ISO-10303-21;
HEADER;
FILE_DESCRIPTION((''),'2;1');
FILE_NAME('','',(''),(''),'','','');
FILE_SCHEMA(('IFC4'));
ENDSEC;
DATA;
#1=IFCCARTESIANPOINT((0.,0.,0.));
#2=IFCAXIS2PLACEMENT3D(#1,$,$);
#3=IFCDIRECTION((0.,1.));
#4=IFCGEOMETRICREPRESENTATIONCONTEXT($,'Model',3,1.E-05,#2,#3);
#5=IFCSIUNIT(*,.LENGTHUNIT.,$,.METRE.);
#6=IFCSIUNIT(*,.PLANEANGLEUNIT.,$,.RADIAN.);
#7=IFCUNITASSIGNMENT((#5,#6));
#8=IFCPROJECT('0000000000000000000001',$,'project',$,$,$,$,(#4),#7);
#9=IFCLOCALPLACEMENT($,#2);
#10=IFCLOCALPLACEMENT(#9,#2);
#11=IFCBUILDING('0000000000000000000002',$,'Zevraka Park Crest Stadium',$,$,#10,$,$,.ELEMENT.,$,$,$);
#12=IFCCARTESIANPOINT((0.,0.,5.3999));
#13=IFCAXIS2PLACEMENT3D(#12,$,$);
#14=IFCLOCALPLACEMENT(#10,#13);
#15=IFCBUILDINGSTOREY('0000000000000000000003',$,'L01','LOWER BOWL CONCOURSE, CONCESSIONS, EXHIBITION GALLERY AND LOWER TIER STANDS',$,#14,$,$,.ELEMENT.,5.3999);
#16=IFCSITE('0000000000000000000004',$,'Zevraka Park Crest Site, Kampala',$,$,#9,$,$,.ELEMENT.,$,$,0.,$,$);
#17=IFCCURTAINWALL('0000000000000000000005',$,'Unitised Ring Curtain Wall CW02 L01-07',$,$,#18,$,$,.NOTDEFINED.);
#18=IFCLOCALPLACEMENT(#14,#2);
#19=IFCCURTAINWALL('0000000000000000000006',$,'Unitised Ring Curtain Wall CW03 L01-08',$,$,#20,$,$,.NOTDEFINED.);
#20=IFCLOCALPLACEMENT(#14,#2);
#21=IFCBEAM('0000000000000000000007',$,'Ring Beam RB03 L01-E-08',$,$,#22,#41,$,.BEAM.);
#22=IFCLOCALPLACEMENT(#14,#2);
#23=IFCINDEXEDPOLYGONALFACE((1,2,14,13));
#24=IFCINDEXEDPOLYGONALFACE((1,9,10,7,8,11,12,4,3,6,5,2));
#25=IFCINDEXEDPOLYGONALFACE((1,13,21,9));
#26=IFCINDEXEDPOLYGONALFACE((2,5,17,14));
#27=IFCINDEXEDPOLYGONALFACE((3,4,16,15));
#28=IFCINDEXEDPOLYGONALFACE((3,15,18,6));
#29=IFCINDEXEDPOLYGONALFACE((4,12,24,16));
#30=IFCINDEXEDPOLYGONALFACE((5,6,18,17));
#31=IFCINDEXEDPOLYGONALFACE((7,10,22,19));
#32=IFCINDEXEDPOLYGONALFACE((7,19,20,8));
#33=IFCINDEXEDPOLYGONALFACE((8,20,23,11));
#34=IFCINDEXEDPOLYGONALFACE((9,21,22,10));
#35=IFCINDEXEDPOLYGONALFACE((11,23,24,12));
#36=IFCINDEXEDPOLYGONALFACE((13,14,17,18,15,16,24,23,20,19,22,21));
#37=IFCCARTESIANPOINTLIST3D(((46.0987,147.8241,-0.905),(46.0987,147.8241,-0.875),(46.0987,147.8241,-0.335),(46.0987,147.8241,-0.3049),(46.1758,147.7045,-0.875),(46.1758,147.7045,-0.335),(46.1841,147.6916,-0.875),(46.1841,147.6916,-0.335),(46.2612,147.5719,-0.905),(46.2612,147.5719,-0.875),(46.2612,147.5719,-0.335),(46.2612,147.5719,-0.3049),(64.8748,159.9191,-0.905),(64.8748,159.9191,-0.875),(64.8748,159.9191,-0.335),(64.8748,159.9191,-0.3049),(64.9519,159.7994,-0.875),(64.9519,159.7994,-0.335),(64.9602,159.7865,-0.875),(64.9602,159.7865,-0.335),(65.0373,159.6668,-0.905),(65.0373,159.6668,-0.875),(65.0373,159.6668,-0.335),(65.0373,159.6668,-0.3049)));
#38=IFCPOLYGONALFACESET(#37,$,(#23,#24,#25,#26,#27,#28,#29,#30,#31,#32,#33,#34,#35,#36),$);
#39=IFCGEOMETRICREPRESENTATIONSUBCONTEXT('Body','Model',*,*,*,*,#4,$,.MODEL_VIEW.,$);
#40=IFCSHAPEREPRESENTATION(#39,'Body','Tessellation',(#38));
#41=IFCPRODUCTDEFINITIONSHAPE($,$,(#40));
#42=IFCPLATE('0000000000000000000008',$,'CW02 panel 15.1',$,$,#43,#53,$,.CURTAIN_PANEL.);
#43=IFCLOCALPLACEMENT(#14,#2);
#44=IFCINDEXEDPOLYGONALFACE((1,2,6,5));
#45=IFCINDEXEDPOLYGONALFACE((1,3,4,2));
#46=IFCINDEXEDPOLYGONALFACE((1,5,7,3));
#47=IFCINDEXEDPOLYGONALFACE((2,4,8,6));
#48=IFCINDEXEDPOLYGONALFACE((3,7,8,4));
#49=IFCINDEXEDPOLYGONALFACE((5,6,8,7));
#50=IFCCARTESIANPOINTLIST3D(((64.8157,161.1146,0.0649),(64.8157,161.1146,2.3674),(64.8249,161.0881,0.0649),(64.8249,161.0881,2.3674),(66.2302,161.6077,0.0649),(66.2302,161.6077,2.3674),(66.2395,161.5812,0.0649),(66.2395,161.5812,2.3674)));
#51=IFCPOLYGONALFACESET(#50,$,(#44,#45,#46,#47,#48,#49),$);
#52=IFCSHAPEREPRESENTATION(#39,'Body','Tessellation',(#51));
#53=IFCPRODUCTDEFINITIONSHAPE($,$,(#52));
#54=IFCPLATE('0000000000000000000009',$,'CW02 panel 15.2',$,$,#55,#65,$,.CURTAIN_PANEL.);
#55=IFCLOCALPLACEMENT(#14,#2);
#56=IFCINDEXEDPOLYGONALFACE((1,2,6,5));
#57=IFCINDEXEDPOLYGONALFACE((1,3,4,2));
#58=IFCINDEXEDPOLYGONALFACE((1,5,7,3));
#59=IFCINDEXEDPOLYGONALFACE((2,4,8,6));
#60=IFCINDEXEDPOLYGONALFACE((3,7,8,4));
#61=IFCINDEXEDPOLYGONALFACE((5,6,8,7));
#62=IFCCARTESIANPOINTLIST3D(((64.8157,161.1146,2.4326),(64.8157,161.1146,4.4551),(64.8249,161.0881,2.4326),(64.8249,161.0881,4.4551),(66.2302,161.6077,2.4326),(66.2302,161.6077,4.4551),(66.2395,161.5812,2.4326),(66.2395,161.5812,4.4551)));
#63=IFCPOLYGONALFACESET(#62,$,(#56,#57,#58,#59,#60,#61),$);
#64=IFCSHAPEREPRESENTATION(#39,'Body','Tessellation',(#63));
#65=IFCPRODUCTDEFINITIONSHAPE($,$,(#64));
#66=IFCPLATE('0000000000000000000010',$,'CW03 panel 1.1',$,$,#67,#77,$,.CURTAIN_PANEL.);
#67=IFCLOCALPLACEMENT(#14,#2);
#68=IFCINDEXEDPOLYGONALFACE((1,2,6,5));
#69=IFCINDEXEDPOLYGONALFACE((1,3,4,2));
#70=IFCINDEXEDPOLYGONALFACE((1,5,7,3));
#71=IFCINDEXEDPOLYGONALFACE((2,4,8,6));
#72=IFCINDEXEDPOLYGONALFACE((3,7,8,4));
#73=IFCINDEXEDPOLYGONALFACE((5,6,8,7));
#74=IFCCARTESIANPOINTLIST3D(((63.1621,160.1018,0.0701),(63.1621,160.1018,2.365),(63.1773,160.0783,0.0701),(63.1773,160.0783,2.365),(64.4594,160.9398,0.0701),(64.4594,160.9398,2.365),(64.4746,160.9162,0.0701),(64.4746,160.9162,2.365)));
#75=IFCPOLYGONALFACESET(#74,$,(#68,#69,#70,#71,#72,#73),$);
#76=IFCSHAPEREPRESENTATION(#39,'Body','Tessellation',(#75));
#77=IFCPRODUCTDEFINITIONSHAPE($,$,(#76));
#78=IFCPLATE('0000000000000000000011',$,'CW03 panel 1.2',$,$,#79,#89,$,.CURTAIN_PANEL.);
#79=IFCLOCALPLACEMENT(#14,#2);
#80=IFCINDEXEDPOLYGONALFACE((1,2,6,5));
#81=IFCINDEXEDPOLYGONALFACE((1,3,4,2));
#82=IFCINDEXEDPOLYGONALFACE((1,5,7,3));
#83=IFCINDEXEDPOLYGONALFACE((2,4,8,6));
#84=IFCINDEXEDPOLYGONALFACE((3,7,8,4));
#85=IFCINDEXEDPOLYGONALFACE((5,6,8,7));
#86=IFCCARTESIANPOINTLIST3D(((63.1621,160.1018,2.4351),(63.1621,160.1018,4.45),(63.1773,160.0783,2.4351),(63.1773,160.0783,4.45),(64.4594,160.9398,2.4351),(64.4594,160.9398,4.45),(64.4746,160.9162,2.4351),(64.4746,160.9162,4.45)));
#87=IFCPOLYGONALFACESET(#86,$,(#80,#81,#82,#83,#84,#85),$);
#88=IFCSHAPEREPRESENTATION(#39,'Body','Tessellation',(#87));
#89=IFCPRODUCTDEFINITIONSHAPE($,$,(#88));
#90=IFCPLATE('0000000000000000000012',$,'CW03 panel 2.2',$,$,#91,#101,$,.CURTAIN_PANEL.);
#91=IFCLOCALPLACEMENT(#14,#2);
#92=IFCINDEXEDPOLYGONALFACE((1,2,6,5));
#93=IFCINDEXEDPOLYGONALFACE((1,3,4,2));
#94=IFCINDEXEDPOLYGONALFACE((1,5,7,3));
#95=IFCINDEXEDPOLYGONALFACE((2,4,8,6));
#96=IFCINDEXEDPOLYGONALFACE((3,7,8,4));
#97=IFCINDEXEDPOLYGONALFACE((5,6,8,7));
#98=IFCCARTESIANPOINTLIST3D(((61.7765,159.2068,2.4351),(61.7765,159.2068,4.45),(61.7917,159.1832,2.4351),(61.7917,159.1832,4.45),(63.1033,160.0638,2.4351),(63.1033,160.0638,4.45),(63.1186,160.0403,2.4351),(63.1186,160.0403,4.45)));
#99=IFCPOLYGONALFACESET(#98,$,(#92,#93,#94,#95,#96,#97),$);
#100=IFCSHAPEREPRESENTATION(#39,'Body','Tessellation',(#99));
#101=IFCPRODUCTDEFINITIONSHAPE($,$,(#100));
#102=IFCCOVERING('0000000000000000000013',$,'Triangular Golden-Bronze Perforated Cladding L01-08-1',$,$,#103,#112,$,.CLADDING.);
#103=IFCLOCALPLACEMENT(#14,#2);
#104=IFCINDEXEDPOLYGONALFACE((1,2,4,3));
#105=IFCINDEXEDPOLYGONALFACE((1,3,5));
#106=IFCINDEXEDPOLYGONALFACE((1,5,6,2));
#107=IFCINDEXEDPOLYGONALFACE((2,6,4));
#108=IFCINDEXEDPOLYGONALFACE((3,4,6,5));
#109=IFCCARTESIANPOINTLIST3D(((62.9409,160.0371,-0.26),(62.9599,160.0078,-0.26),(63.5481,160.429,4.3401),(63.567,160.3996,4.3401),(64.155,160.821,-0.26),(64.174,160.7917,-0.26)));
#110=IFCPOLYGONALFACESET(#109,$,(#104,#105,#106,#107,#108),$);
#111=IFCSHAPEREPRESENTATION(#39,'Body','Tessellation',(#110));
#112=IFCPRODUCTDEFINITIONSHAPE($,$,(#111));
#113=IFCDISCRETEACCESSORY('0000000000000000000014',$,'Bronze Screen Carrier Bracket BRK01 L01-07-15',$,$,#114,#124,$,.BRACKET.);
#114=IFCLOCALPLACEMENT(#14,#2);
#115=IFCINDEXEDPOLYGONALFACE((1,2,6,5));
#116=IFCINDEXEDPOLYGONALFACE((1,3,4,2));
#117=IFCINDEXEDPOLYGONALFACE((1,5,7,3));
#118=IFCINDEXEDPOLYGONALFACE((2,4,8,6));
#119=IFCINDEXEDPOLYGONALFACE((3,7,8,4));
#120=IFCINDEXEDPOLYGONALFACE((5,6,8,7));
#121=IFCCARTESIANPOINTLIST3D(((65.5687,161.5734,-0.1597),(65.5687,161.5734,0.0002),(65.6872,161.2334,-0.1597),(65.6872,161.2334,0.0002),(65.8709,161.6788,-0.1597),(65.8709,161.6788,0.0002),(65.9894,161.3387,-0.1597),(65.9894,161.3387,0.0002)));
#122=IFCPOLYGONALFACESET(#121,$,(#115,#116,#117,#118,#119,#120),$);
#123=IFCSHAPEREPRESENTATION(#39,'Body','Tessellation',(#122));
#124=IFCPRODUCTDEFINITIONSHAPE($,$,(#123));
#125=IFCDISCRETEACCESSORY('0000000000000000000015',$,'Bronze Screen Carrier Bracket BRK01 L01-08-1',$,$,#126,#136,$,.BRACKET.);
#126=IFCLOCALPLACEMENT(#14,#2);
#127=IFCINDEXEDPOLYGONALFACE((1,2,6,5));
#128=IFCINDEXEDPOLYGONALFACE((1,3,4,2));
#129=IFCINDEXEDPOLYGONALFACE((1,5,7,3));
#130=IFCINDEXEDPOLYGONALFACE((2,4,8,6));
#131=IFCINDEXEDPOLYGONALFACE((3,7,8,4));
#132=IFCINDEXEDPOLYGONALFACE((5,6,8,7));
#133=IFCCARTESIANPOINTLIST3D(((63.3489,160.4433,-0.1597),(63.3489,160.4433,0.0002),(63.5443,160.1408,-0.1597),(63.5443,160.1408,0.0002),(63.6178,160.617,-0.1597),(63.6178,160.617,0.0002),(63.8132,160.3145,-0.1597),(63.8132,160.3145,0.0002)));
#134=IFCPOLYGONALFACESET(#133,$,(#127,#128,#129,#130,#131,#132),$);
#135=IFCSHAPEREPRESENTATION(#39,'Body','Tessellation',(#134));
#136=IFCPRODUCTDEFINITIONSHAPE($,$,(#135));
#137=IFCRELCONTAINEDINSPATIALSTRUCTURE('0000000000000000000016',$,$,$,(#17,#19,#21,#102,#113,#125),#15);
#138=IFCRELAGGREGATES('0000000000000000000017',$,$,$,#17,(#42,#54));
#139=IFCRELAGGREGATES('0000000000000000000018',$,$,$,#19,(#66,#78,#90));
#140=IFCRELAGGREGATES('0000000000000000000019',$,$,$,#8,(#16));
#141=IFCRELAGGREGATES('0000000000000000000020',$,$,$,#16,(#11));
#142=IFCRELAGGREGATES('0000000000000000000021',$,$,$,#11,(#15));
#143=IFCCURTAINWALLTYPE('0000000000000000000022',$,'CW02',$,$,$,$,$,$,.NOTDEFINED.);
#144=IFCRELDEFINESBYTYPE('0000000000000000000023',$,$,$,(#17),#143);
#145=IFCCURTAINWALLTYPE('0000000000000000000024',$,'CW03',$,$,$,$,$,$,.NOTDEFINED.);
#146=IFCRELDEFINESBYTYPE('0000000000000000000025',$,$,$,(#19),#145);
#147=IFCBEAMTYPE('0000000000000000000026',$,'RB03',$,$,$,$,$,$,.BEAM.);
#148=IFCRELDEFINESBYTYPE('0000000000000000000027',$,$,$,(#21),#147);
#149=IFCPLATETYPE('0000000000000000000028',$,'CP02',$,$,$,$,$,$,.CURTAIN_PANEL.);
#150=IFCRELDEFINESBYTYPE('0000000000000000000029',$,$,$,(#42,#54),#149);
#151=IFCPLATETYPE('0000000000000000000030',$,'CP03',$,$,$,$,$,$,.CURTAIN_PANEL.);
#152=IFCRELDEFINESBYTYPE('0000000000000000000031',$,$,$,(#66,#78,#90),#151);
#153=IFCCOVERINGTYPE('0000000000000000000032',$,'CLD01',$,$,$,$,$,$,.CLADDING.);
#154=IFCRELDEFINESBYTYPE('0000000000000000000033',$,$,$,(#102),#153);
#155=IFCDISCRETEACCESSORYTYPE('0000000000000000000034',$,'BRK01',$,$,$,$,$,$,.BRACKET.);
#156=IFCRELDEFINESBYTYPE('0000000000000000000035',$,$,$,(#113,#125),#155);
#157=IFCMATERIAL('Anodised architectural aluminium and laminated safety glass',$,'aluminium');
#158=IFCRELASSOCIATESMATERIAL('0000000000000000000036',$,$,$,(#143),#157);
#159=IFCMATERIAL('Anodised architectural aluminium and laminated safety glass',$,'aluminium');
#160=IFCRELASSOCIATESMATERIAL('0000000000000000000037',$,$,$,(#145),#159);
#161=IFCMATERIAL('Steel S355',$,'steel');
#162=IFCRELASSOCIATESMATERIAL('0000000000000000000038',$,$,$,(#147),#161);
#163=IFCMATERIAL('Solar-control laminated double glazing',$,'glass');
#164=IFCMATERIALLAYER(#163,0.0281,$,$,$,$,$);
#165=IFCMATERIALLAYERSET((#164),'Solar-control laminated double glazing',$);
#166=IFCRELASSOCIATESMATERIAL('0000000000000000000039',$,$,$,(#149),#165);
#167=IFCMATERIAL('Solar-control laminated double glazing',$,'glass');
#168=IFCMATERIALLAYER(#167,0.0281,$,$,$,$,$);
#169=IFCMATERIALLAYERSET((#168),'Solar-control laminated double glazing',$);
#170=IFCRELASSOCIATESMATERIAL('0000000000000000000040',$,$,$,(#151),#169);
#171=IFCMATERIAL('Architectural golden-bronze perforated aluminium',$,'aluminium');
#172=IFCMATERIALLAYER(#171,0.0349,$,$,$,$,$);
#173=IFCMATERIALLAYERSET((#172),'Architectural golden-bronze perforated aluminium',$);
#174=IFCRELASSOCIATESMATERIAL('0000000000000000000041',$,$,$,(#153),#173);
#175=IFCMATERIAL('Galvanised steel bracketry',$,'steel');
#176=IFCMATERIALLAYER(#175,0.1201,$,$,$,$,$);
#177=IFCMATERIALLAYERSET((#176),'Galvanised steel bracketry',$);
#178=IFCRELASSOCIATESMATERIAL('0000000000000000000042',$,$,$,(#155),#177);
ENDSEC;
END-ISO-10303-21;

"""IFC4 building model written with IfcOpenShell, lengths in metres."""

from ifc_helpers import new_model, si_unit, direction, frame, origin, origin_2d, place, context, subcontext, project, spatial, polyline, rectangle, i_section, outline, extrude, material, layer, layer_set, material_profile, profile_set, type_object, element, aggregate, save


model = new_model("IFC4")

# Units and contexts
model_context = context("Model", 3, precision=1e-05, world=origin(), true_north=direction((0.0, 1.0)))
body_context = subcontext(model_context, "Body", "Model", "MODEL_VIEW")
ifc_project = project(units=[si_unit("LENGTHUNIT", "METRE"), si_unit("PLANEANGLEUNIT", "RADIAN")], contexts=[model_context])

# Site, building, storey
site_placement = place(None, origin())
site = spatial("IfcSite", under=ifc_project, at=site_placement, Name="Zevraka Park Crest Site, Kampala", CompositionType="ELEMENT", RefElevation=0.0)
building_placement = place(site_placement, origin())
building = spatial("IfcBuilding", under=site, at=building_placement, Name="Zevraka Park Crest Stadium", CompositionType="ELEMENT")
storey_placement = place(building_placement, frame((0.0, 0.0, 5.3999)))
storey = spatial("IfcBuildingStorey", under=building, at=storey_placement, Name="L01", Description="LOWER BOWL CONCOURSE, CONCESSIONS, EXHIBITION GALLERY AND LOWER TIER STANDS", CompositionType="ELEMENT", Elevation=5.3999)

# Curtain wall
ifc_material_1 = material(Name="Anodised architectural aluminium and laminated safety glass", Category="aluminium")
curtain_wall_type_1 = type_object("IfcCurtainWallType", Name="CW02", PredefinedType="NOTDEFINED", material=ifc_material_1)
curtain_wall_1_placement = place(storey_placement, origin())
curtain_wall_1 = element("IfcCurtainWall", 1, at=curtain_wall_1_placement, inside=storey, type_object=curtain_wall_type_1, Name="Unitised Ring Curtain Wall CW02 L01-07", PredefinedType="NOTDEFINED")

# Curtain wall
ifc_material_2 = material(Name="Anodised architectural aluminium and laminated safety glass", Category="aluminium")
curtain_wall_type_2 = type_object("IfcCurtainWallType", Name="CW03", PredefinedType="NOTDEFINED", material=ifc_material_2)
curtain_wall_2_placement = place(storey_placement, origin())
curtain_wall_2 = element("IfcCurtainWall", 2, at=curtain_wall_2_placement, inside=storey, type_object=curtain_wall_type_2, Name="Unitised Ring Curtain Wall CW03 L01-08", PredefinedType="NOTDEFINED")

# Beam
ifc_material_3 = material(Name="Steel S355", Category="steel")
ifc_material_profile_1 = material_profile(ifc_material_3, i_section(OverallWidth=0.3, OverallDepth=0.6001, WebThickness=0.0154, FlangeThickness=0.03, at=origin_2d()), Name="HEB 600")
ifc_profile_set_1 = profile_set([ifc_material_profile_1], Name="Steel S355")
beam_type = type_object("IfcBeamType", Name="RB03", PredefinedType="BEAM", material=ifc_profile_set_1)
beam_placement = place(storey_placement, frame((64.9561, 159.793, -0.605), z_axis=(-0.840677, -0.541537, 0.0), x_axis=(0.541537, -0.840677, 0.0)))
element("IfcBeam", 3, at=beam_placement, inside=storey, type_object=beam_type, Name="Ring Beam RB03 L01-E-08", PredefinedType="BEAM", context=body_context, shape_type="SweptSolid", body=[
    extrude(i_section(OverallWidth=0.3, OverallDepth=0.6001, WebThickness=0.0154, FlangeThickness=0.03, at=origin_2d()), origin(), (0.0, 0.0, 1.0), 22.3345),
])

# Plates
ifc_material_4 = material(Name="Solar-control laminated double glazing", Category="glass")
ifc_layer_1 = layer(ifc_material_4, 0.0281)
ifc_layer_set_1 = layer_set([ifc_layer_1], Name="Solar-control laminated double glazing")
plate_type_1 = type_object("IfcPlateType", Name="CP02", PredefinedType="CURTAIN_PANEL", material=ifc_layer_set_1)
plate_1_placement = place(storey_placement, frame((65.5276, 161.3479, 0.0649), z_axis=(0.0, 0.0, 1.0), x_axis=(-0.944257, -0.329209, 0.0)))
plate_1 = element("IfcPlate", 4, at=plate_1_placement, type_object=plate_type_1, Name="CW02 panel 15.1", PredefinedType="CURTAIN_PANEL", context=body_context, shape_type="SweptSolid", body=[
    extrude(rectangle(XDim=1.498, YDim=0.0281, at=origin_2d()), origin(), (0.0, 0.0, 1.0), 2.3025),
])
plate_2_placement = place(storey_placement, frame((65.5276, 161.3479, 2.4326), z_axis=(0.0, 0.0, 1.0), x_axis=(-0.944257, -0.329209, 0.0)))
plate_2 = element("IfcPlate", 5, at=plate_2_placement, type_object=plate_type_1, Name="CW02 panel 15.2", PredefinedType="CURTAIN_PANEL", context=body_context, shape_type="SweptSolid", body=[
    extrude(rectangle(XDim=1.498, YDim=0.0281, at=origin_2d()), origin(), (0.0, 0.0, 1.0), 2.0225),
])
aggregate(curtain_wall_1, [plate_1, plate_2])
ifc_material_5 = material(Name="Solar-control laminated double glazing", Category="glass")
ifc_layer_2 = layer(ifc_material_5, 0.0281)
ifc_layer_set_2 = layer_set([ifc_layer_2], Name="Solar-control laminated double glazing")
plate_type_2 = type_object("IfcPlateType", Name="CP03", PredefinedType="CURTAIN_PANEL", material=ifc_layer_set_2)
plate_3_placement = place(storey_placement, frame((63.8184, 160.509, 0.0701), z_axis=(0.0, 0.0, 1.0), x_axis=(-0.84001, -0.542571, 0.0)))
plate_3 = element("IfcPlate", 6, at=plate_3_placement, type_object=plate_type_2, Name="CW03 panel 1.1", PredefinedType="CURTAIN_PANEL", context=body_context, shape_type="SweptSolid", body=[
    extrude(rectangle(XDim=1.5444, YDim=0.0281, at=origin_2d()), origin(), (0.0, 0.0, 1.0), 2.2949),
])
plate_4_placement = place(storey_placement, frame((63.8184, 160.509, 2.4351), z_axis=(0.0, 0.0, 1.0), x_axis=(-0.84001, -0.542571, 0.0)))
plate_4 = element("IfcPlate", 7, at=plate_4_placement, type_object=plate_type_2, Name="CW03 panel 1.2", PredefinedType="CURTAIN_PANEL", context=body_context, shape_type="SweptSolid", body=[
    extrude(rectangle(XDim=1.5444, YDim=0.0281, at=origin_2d()), origin(), (0.0, 0.0, 1.0), 2.0149),
])
plate_5_placement = place(storey_placement, frame((62.4475, 159.6235, 2.4351), z_axis=(0.0, 0.0, 1.0), x_axis=(-0.84001, -0.542571, 0.0)))
plate_5 = element("IfcPlate", 8, at=plate_5_placement, type_object=plate_type_2, Name="CW03 panel 2.2", PredefinedType="CURTAIN_PANEL", context=body_context, shape_type="SweptSolid", body=[
    extrude(rectangle(XDim=1.5796, YDim=0.0281, at=origin_2d()), origin(), (0.0, 0.0, 1.0), 2.0149),
])
aggregate(curtain_wall_2, [plate_3, plate_4, plate_5])

# Covering
ifc_material_6 = material(Name="Architectural golden-bronze perforated aluminium", Category="aluminium")
ifc_layer_3 = layer(ifc_material_6, 0.0349)
ifc_layer_set_3 = layer_set([ifc_layer_3], Name="Architectural golden-bronze perforated aluminium")
covering_type = type_object("IfcCoveringType", Name="CLD01", PredefinedType="CLADDING", material=ifc_layer_set_3)
covering_placement = place(storey_placement, frame((64.155, 160.821, -0.26), z_axis=(-0.542439, 0.840096, 0.000037), x_axis=(-0.840096, -0.542439, 0.0)))
element("IfcCovering", 9, at=covering_placement, inside=storey, type_object=covering_type, Name="Triangular Golden-Bronze Perforated Cladding L01-08-1", PredefinedType="CLADDING", context=body_context, shape_type="SweptSolid", body=[
    extrude(outline(polyline([(0.0, 0.0), (1.4452, 0.0), (0.7226, 4.6001), (0.0, 0.0)])), origin(), (0.0, 0.0, -1.0), 0.0349),
])

# Discrete accessories
ifc_material_7 = material(Name="Galvanised steel bracketry", Category="steel")
ifc_layer_4 = layer(ifc_material_7, 0.1201)
ifc_layer_set_4 = layer_set([ifc_layer_4], Name="Galvanised steel bracketry")
discrete_accessory_type = type_object("IfcDiscreteAccessoryType", Name="BRK01", PredefinedType="BRACKET", material=ifc_layer_set_4)
for number, where, z_axis, x_axis, name in (
    (10, (65.7791, 161.4561, -0.1597), (0.0, 0.0, 1.0), (-0.944262, -0.329196, 0.0), "Bronze Screen Carrier Bracket BRK01 L01-07-15"),
    (11, (63.5811, 160.3789, -0.1597), (0.0, 0.0, 1.0), (-0.839999, -0.542588, 0.0), "Bronze Screen Carrier Bracket BRK01 L01-08-1"),
):
    element("IfcDiscreteAccessory", number, at=place(storey_placement, frame(where, z_axis=z_axis, x_axis=x_axis)), inside=storey, type_object=discrete_accessory_type, Name=name, PredefinedType="BRACKET", context=body_context, shape_type="SweptSolid", body=[
        extrude(rectangle(XDim=0.3201, YDim=0.3601, at=origin_2d()), origin(), (0.0, 0.0, 1.0), 0.1599),
    ])

save(model, "model.ifc")
